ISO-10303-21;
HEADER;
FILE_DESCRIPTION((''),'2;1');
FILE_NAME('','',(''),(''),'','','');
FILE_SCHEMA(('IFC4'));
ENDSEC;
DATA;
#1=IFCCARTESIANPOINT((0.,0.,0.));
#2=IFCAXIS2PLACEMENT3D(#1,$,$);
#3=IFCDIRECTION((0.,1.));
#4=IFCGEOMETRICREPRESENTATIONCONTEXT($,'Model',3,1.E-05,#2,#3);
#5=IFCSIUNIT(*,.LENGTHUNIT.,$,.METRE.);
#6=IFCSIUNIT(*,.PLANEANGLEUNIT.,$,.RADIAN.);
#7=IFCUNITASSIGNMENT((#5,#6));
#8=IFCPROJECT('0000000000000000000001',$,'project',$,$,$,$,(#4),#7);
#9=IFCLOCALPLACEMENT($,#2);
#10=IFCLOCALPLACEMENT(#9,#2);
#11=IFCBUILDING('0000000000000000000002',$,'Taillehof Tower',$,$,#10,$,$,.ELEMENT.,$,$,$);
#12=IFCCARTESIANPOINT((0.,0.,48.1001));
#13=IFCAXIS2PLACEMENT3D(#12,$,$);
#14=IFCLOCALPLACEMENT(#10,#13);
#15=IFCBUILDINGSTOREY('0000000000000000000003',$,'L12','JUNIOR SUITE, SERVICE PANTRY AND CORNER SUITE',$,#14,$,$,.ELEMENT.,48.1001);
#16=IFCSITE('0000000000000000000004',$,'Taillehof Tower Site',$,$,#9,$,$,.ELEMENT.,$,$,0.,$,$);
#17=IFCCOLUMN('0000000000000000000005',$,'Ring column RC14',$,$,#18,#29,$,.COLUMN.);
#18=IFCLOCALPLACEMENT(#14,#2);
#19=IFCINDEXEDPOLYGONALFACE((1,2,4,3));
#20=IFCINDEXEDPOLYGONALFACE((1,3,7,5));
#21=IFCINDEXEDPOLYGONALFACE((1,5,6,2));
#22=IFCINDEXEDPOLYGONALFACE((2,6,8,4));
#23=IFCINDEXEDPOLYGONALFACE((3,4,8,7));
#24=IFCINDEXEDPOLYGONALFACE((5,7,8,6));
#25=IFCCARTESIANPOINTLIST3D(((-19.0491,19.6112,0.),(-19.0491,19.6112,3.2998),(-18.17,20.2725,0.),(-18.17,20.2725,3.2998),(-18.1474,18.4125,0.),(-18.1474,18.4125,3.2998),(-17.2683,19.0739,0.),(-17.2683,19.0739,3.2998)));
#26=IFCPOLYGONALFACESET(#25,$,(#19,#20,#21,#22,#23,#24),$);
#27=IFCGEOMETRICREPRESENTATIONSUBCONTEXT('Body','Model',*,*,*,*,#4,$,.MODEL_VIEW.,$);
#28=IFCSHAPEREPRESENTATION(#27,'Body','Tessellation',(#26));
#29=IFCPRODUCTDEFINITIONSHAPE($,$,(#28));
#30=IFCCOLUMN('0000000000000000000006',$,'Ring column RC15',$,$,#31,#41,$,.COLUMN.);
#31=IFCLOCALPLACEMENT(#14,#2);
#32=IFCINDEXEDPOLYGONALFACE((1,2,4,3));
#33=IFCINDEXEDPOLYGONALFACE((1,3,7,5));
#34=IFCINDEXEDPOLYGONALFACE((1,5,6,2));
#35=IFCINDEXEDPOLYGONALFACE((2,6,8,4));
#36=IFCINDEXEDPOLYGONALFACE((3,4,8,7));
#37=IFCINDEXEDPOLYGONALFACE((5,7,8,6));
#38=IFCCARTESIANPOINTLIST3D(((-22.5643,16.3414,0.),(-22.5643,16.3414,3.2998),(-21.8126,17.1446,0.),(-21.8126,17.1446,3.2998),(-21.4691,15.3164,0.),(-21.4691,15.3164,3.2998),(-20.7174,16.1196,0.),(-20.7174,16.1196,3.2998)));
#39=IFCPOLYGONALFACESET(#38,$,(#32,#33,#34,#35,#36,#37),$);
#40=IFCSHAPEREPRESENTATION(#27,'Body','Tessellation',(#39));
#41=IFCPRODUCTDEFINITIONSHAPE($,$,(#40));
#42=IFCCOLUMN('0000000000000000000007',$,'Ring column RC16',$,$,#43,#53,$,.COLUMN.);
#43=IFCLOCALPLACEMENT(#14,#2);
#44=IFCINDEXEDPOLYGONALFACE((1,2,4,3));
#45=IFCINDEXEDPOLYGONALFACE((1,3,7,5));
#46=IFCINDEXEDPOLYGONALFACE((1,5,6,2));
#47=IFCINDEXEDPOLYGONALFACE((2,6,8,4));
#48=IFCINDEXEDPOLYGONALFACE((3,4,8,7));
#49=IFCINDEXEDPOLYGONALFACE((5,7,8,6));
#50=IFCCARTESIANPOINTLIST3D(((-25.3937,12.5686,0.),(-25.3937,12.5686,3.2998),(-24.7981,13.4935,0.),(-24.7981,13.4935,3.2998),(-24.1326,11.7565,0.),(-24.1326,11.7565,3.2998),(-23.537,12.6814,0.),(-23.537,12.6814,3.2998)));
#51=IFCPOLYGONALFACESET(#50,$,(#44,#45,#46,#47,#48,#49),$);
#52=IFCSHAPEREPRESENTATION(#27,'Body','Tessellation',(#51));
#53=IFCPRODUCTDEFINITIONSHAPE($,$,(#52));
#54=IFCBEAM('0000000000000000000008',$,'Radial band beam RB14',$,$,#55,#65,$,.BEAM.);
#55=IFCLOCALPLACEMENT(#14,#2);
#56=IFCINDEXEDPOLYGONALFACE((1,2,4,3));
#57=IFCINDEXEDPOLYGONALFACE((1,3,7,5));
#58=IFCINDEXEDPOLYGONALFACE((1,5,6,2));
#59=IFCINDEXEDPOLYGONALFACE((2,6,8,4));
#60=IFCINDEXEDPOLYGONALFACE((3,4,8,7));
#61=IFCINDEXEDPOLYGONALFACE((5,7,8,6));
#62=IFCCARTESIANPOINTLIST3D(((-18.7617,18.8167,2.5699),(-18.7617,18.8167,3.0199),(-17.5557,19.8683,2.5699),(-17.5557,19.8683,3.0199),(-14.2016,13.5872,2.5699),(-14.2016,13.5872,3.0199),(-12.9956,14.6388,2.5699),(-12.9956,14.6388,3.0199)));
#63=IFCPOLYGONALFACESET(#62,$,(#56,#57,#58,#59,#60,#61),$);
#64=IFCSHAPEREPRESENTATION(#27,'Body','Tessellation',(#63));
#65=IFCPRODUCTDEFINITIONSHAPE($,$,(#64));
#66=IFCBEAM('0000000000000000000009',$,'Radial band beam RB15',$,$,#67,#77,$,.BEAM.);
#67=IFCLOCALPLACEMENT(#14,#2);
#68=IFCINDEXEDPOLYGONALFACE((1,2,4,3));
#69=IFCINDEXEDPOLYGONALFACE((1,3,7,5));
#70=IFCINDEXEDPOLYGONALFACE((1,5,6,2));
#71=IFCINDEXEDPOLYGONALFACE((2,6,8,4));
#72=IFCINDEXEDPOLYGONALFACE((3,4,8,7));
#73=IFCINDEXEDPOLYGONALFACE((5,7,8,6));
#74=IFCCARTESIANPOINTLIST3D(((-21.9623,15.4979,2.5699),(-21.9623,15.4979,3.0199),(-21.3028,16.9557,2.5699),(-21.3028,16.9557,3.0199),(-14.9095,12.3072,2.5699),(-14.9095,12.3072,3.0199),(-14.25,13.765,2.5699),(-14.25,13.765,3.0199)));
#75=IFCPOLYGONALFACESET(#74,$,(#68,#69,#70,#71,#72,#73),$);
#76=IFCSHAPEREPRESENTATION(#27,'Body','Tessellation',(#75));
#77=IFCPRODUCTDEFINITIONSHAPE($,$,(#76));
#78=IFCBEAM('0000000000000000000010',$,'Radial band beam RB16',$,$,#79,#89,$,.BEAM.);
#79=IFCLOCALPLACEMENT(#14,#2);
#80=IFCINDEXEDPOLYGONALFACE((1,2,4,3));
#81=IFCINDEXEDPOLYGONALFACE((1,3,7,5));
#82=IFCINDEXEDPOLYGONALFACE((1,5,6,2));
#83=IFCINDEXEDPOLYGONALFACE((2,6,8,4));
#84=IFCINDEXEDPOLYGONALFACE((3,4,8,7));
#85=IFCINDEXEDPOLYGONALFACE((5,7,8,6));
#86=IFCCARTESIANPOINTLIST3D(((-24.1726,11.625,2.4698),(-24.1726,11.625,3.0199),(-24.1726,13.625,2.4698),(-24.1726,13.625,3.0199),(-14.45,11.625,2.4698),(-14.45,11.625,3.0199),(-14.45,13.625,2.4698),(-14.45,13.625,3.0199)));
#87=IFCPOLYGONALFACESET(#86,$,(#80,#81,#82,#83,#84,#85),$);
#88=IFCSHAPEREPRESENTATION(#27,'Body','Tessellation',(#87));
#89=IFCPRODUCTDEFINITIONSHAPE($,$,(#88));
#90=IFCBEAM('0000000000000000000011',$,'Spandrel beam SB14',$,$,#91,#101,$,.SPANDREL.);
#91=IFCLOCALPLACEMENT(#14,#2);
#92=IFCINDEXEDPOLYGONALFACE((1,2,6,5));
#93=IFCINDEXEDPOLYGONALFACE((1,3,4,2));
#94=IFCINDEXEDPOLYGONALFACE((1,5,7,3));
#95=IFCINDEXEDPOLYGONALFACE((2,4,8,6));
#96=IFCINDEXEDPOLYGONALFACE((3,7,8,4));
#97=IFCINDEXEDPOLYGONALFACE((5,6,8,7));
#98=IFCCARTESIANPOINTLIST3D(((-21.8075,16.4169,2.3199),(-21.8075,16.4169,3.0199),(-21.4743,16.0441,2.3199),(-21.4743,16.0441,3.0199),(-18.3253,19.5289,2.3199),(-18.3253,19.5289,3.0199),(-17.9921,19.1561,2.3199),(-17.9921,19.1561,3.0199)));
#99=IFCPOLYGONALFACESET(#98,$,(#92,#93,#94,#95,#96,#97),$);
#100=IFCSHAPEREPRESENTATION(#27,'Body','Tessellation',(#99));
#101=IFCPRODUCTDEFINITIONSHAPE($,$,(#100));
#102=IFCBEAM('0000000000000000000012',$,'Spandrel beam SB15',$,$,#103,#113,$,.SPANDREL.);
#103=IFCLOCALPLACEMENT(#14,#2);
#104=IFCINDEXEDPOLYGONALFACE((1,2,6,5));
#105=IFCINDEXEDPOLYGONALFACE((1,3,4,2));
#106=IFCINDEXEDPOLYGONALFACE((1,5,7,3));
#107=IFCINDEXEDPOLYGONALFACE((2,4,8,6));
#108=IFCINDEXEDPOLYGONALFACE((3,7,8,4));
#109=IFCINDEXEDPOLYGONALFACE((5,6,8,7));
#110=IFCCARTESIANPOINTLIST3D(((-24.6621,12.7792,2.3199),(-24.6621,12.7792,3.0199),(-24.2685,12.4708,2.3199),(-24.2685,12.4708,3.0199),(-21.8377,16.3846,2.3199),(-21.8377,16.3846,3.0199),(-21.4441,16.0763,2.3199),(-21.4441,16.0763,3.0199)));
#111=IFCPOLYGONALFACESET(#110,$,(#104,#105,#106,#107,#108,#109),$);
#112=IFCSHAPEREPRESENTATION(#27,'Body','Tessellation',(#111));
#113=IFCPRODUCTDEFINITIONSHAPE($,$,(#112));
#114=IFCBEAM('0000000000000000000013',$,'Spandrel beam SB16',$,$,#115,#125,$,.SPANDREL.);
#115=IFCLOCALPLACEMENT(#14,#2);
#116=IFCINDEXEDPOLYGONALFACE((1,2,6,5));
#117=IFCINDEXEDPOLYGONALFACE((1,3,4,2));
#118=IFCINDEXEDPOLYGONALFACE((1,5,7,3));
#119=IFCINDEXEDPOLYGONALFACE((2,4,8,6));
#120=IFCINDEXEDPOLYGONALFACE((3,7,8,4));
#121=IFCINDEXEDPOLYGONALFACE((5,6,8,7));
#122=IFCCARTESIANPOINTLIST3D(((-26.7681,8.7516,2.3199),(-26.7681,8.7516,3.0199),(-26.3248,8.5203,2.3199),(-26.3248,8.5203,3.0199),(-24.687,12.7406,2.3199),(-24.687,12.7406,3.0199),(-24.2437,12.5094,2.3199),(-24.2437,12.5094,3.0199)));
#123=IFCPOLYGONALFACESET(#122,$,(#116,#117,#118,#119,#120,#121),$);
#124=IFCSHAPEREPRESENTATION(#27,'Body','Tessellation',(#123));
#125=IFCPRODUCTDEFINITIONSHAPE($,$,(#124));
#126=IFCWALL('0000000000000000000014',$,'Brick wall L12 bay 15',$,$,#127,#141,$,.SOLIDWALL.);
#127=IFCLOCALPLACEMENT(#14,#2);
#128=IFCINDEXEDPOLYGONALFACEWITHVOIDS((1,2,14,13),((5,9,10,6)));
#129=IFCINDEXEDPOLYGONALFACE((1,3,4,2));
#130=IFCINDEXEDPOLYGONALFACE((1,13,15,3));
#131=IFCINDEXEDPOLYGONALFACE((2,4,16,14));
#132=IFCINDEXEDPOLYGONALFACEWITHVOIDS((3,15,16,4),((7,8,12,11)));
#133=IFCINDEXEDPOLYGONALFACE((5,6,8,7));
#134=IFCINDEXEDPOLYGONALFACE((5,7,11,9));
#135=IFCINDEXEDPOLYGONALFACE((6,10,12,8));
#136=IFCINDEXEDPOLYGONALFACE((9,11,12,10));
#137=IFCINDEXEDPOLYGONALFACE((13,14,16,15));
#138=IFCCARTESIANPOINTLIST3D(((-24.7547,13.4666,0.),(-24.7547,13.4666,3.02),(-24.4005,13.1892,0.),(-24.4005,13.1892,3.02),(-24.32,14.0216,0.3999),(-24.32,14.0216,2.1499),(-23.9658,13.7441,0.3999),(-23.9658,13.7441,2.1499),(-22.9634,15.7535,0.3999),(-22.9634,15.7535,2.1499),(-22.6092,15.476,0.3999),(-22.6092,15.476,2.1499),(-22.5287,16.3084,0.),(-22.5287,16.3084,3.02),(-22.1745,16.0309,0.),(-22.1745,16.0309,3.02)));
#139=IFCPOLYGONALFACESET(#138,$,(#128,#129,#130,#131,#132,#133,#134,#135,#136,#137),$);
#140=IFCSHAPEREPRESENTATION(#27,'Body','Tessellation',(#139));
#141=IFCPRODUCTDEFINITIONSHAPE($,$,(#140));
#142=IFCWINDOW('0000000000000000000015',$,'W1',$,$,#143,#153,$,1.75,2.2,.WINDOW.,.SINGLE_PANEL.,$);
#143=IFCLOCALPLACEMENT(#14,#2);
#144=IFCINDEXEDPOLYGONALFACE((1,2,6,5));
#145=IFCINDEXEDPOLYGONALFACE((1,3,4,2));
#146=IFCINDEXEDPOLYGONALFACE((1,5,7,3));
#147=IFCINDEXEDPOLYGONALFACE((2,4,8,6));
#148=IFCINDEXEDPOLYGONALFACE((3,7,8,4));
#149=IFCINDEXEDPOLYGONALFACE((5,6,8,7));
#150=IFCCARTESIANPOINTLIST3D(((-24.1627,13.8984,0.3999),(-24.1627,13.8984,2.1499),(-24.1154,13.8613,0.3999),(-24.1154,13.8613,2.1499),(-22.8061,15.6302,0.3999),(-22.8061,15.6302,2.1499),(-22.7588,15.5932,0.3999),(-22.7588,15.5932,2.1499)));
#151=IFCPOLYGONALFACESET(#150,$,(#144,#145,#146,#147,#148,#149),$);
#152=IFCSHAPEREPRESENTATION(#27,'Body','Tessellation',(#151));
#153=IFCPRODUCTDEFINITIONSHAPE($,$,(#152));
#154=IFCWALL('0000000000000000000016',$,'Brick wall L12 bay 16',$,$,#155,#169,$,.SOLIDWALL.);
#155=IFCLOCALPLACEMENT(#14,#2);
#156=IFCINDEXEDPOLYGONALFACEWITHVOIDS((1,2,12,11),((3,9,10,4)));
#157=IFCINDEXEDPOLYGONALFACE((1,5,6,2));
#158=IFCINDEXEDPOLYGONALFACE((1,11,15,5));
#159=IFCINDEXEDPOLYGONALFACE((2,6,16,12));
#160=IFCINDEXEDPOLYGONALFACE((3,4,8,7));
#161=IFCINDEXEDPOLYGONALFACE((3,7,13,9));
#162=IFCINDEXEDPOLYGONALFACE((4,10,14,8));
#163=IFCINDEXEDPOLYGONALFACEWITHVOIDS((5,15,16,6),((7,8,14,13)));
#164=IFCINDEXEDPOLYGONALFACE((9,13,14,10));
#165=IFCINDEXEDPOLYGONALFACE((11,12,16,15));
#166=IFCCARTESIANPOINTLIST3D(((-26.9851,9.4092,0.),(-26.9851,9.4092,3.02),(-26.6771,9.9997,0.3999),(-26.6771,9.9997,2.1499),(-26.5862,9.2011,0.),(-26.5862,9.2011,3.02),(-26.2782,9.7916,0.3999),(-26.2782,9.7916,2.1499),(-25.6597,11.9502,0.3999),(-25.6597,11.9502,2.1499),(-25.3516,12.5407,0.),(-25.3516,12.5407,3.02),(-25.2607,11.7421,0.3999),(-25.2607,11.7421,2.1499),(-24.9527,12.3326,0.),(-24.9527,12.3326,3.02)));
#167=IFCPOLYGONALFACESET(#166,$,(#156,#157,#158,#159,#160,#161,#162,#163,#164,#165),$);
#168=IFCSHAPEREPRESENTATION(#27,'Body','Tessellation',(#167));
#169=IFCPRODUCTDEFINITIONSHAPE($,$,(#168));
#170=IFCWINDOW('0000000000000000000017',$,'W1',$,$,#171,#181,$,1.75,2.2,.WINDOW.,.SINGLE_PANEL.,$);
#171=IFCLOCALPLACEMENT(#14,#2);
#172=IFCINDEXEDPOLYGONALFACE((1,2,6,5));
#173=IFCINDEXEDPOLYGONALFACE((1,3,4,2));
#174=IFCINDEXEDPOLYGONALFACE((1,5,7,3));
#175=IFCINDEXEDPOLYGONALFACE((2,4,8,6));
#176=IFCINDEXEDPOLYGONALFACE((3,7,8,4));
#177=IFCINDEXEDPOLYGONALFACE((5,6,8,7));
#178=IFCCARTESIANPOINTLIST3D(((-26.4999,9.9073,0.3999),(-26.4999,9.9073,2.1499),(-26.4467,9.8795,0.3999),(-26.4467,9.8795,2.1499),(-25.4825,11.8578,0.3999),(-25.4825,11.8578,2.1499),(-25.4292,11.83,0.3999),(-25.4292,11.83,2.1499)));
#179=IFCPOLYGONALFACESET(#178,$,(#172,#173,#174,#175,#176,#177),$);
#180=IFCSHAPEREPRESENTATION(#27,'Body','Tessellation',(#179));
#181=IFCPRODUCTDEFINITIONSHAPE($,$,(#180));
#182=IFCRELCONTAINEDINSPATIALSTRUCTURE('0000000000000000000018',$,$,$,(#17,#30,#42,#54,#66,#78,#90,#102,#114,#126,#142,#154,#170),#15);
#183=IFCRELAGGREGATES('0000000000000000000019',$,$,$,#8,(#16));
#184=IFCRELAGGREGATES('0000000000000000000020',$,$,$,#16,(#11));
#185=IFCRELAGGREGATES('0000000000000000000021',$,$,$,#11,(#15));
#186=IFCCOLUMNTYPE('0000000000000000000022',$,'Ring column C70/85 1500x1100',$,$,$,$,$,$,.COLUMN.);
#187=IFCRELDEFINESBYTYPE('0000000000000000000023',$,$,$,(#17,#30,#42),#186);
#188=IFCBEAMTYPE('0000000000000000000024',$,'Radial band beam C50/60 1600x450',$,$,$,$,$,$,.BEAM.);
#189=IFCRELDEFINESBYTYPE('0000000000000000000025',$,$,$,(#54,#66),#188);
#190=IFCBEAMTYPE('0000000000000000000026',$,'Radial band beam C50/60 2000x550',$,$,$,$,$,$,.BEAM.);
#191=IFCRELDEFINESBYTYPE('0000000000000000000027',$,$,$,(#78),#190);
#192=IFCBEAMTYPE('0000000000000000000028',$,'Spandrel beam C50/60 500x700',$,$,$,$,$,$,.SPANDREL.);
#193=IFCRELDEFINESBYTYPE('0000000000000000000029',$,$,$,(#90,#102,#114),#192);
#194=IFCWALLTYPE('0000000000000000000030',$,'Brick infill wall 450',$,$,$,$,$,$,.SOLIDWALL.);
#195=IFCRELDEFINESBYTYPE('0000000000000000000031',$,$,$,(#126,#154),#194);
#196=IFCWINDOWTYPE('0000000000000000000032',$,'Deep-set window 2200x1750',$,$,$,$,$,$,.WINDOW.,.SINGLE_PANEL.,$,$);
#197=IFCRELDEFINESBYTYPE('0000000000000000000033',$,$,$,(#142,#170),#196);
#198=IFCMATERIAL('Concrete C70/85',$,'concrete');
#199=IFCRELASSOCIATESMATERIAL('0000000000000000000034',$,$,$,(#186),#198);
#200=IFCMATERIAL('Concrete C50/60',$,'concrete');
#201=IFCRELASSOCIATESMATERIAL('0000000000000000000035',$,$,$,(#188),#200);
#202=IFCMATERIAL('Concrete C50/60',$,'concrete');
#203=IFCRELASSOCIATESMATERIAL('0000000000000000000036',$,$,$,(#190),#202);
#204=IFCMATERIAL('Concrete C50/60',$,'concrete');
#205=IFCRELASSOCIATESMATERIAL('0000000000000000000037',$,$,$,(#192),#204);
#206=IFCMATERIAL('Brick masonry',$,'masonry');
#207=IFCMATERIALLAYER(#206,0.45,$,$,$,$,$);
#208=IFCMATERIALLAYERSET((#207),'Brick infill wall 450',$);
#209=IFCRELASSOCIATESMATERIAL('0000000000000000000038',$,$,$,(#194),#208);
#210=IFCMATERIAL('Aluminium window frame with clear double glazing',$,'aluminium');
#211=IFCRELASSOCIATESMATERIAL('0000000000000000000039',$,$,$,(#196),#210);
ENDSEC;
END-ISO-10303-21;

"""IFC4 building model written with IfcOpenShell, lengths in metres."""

from ifc_helpers import new_model, si_unit, direction, frame, frame_2d, origin, origin_2d, place, context, subcontext, project, spatial, rectangle, extrude, material, layer, layer_set, material_profile, profile_set, type_object, element, fill, save


model = new_model("IFC4")

# Units and contexts
model_context = context("Model", 3, precision=1e-05, world=origin(), true_north=direction((0.0, 1.0)))
body_context = subcontext(model_context, "Body", "Model", "MODEL_VIEW")
ifc_project = project(units=[si_unit("LENGTHUNIT", "METRE"), si_unit("PLANEANGLEUNIT", "RADIAN")], contexts=[model_context])

# Site, building, storey
site_placement = place(None, origin())
site = spatial("IfcSite", under=ifc_project, at=site_placement, Name="Taillehof Tower Site", CompositionType="ELEMENT", RefElevation=0.0)
building_placement = place(site_placement, origin())
building = spatial("IfcBuilding", under=site, at=building_placement, Name="Taillehof Tower", CompositionType="ELEMENT")
storey_placement = place(building_placement, frame((0.0, 0.0, 48.1001)))
storey = spatial("IfcBuildingStorey", under=building, at=storey_placement, Name="L12", Description="JUNIOR SUITE, SERVICE PANTRY AND CORNER SUITE", CompositionType="ELEMENT", Elevation=48.1001)

# Columns
ifc_material_1 = material(Name="Concrete C70/85", Category="concrete")
ifc_material_profile_1 = material_profile(ifc_material_1, rectangle(XDim=1.5, YDim=1.1001, at=origin_2d()), Name="RC 1500x1100")
ifc_profile_set_1 = profile_set([ifc_material_profile_1], Name="Concrete C70/85")
column_type = type_object("IfcColumnType", Name="Ring column C70/85 1500x1100", PredefinedType="COLUMN", material=ifc_profile_set_1)
for number, where, z_axis, x_axis, name in (
    (1, (-18.1587, 19.3425, 0.0), (0.0, 0.0, 1.0), (-0.601174, 0.799118, 0.0), "Ring column RC14"),
    (2, (-21.6409, 16.2305, 0.0), (0.0, 0.0, 1.0), (-0.730113, 0.683326, 0.0), "Ring column RC15"),
    (3, (-24.4653, 12.625, 0.0), (0.0, 0.0, 1.0), (-0.840754, 0.541418, 0.0), "Ring column RC16"),
):
    element("IfcColumn", number, at=place(storey_placement, frame(where, z_axis=z_axis, x_axis=x_axis)), inside=storey, type_object=column_type, Name=name, PredefinedType="COLUMN", context=body_context, shape_type="SweptSolid", body=[
        extrude(rectangle(XDim=1.5, YDim=1.1001, at=origin_2d()), origin(), (0.0, 0.0, 1.0), 3.2998),
    ])

# Beams
ifc_material_2 = material(Name="Concrete C50/60", Category="concrete")
ifc_material_profile_2 = material_profile(ifc_material_2, rectangle(XDim=1.6001, YDim=0.45, at=origin_2d()), Name="RC 1600x450")
ifc_profile_set_2 = profile_set([ifc_material_profile_2], Name="Concrete C50/60")
beam_type_1 = type_object("IfcBeamType", Name="Radial band beam C50/60 1600x450", PredefinedType="BEAM", material=ifc_profile_set_2)
beam_1_placement = place(storey_placement, frame((-18.1587, 19.3425, 2.7949), z_axis=(0.657218, -0.7537, 0.0), x_axis=(0.7537, 0.657218, 0.0)))
element("IfcBeam", 4, at=beam_1_placement, inside=storey, type_object=beam_type_1, Name="Radial band beam RB14", PredefinedType="BEAM", context=body_context, shape_type="SweptSolid", body=[
    extrude(rectangle(XDim=1.6001, YDim=0.45, at=origin_2d()), origin(), (0.0, 0.0, 1.0), 6.9385),
])
beam_2_placement = place(storey_placement, frame((-21.6326, 16.2268, 2.7949), z_axis=(0.911101, -0.412184, 0.0), x_axis=(0.412184, 0.911101, 0.0)))
element("IfcBeam", 5, at=beam_2_placement, inside=storey, type_object=beam_type_1, Name="Radial band beam RB15", PredefinedType="BEAM", context=body_context, shape_type="SweptSolid", body=[
    extrude(rectangle(XDim=1.6001, YDim=0.45, at=origin_2d()), origin(), (0.0, 0.0, 1.0), 7.741),
])
ifc_material_3 = material(Name="Concrete C50/60", Category="concrete")
ifc_material_profile_3 = material_profile(ifc_material_3, rectangle(XDim=2.0, YDim=0.55, at=origin_2d()), Name="RC 2000x550")
ifc_profile_set_3 = profile_set([ifc_material_profile_3], Name="Concrete C50/60")
beam_type_2 = type_object("IfcBeamType", Name="Radial band beam C50/60 2000x550", PredefinedType="BEAM", material=ifc_profile_set_3)
beam_3_placement = place(storey_placement, frame((-24.1726, 12.625, 2.7449), z_axis=(1.0, 0.0, 0.0), x_axis=(0.0, 1.0, 0.0)))
element("IfcBeam", 6, at=beam_3_placement, inside=storey, type_object=beam_type_2, Name="Radial band beam RB16", PredefinedType="BEAM", context=body_context, shape_type="SweptSolid", body=[
    extrude(rectangle(XDim=2.0, YDim=0.55, at=origin_2d()), origin(), (0.0, 0.0, 1.0), 9.7227),
])
ifc_material_4 = material(Name="Concrete C50/60", Category="concrete")
ifc_material_profile_4 = material_profile(ifc_material_4, rectangle(XDim=0.5, YDim=0.7, at=origin_2d()), Name="RC 500x700")
ifc_profile_set_4 = profile_set([ifc_material_profile_4], Name="Concrete C50/60")
beam_type_3 = type_object("IfcBeamType", Name="Spandrel beam C50/60 500x700", PredefinedType="SPANDREL", material=ifc_profile_set_4)
beam_4_placement = place(storey_placement, frame((-18.1587, 19.3425, 2.6699), z_axis=(-0.745621, -0.66637, 0.0), x_axis=(0.66637, -0.745621, 0.0)))
element("IfcBeam", 7, at=beam_4_placement, inside=storey, type_object=beam_type_3, Name="Spandrel beam SB14", PredefinedType="SPANDREL", context=body_context, shape_type="SweptSolid", body=[
    extrude(rectangle(XDim=0.5, YDim=0.7, at=origin_2d()), origin(), (0.0, 0.0, 1.0), 4.6702),
])
beam_5_placement = place(storey_placement, frame((-21.6409, 16.2305, 2.6699), z_axis=(-0.616686, -0.787209, 0.0), x_axis=(0.787209, -0.616686, 0.0)))
element("IfcBeam", 8, at=beam_5_placement, inside=storey, type_object=beam_type_3, Name="Spandrel beam SB15", PredefinedType="SPANDREL", context=body_context, shape_type="SweptSolid", body=[
    extrude(rectangle(XDim=0.5, YDim=0.7, at=origin_2d()), origin(), (0.0, 0.0, 1.0), 4.5801),
])
beam_6_placement = place(storey_placement, frame((-24.4653, 12.625, 2.6699), z_axis=(-0.462536, -0.8866, 0.0), x_axis=(0.8866, -0.462536, 0.0)))
element("IfcBeam", 9, at=beam_6_placement, inside=storey, type_object=beam_type_3, Name="Spandrel beam SB16", PredefinedType="SPANDREL", context=body_context, shape_type="SweptSolid", body=[
    extrude(rectangle(XDim=0.5, YDim=0.7, at=origin_2d()), origin(), (0.0, 0.0, 1.0), 4.4993),
])

# Walls, openings, windows
ifc_material_5 = material(Name="Brick masonry", Category="masonry")
ifc_layer_1 = layer(ifc_material_5, 0.45)
ifc_layer_set_1 = layer_set([ifc_layer_1], Name="Brick infill wall 450")
wall_type_1 = type_object("IfcWallType", Name="Brick infill wall 450", PredefinedType="SOLIDWALL", material=ifc_layer_set_1)
wall_1_placement = place(storey_placement, frame((-22.3516, 16.1697, 0.0), z_axis=(0.0, 0.0, 1.0), x_axis=(-0.616662, -0.787228, 0.0)))
wall_1 = element("IfcWall", 10, at=wall_1_placement, inside=storey, type_object=wall_type_1, Name="Brick wall L12 bay 15", PredefinedType="SOLIDWALL", context=body_context, shape_type="SweptSolid", body=[
    extrude(rectangle(XDim=3.6099, YDim=0.45, at=frame_2d((1.8049, 0.0))), origin(), (0.0, 0.0, 1.0), 3.02),
])
opening_1_placement = place(wall_1_placement, frame((0.7048, 0.0, 0.3999)))
opening_1 = element("IfcOpeningElement", 11, at=opening_1_placement, cuts=wall_1, PredefinedType="OPENING", context=body_context, shape_type="SweptSolid", body=[
    extrude(rectangle(XDim=2.2, YDim=1.75, at=frame_2d((1.1001, 0.875))), frame((0.0, 0.2349, 0.0), z_axis=(0.0, -1.0, 0.0), x_axis=(1.0, 0.0, 0.0)), (0.0, 0.0, 1.0), 0.47),
])
ifc_material_6 = material(Name="Aluminium window frame with clear double glazing", Category="aluminium")
window_type_1 = type_object("IfcWindowType", Name="Deep-set window 2200x1750", PartitioningType="SINGLE_PANEL", PredefinedType="WINDOW", material=ifc_material_6)
window_1_placement = place(opening_1_placement, origin())
window_1 = element("IfcWindow", 12, at=window_1_placement, inside=storey, type_object=window_type_1, Name="W1", OverallHeight=1.75, OverallWidth=2.2, PartitioningType="SINGLE_PANEL", PredefinedType="WINDOW", context=body_context, shape_type="SweptSolid", body=[
    extrude(rectangle(XDim=2.2, YDim=1.75, at=frame_2d((1.1001, 0.875))), frame((0.0, 0.0349, 0.0), z_axis=(0.0, -1.0, 0.0), x_axis=(1.0, 0.0, 0.0)), (0.0, 0.0, 1.0), 0.0601),
])
fill(opening_1, window_1)
wall_2_placement = place(storey_placement, frame((-25.1521, 12.4368, 0.0), z_axis=(0.0, 0.0, 1.0), x_axis=(-0.462493, -0.886623, 0.0)))
wall_2 = element("IfcWall", 13, at=wall_2_placement, inside=storey, type_object=wall_type_1, Name="Brick wall L12 bay 16", PredefinedType="SOLIDWALL", context=body_context, shape_type="SweptSolid", body=[
    extrude(rectangle(XDim=3.532, YDim=0.45, at=frame_2d((1.7661, 0.0))), origin(), (0.0, 0.0, 1.0), 3.02),
])
opening_2_placement = place(wall_2_placement, frame((0.666, 0.0, 0.3999)))
opening_2 = element("IfcOpeningElement", 14, at=opening_2_placement, cuts=wall_2, PredefinedType="OPENING", context=body_context, shape_type="SweptSolid", body=[
    extrude(rectangle(XDim=2.2, YDim=1.75, at=frame_2d((1.1001, 0.875))), frame((0.0, 0.2349, 0.0), z_axis=(0.0, -1.0, 0.0), x_axis=(1.0, 0.0, 0.0)), (0.0, 0.0, 1.0), 0.47),
])
window_2_placement = place(opening_2_placement, origin())
window_2 = element("IfcWindow", 15, at=window_2_placement, inside=storey, type_object=window_type_1, Name="W1", OverallHeight=1.75, OverallWidth=2.2, PartitioningType="SINGLE_PANEL", PredefinedType="WINDOW", context=body_context, shape_type="SweptSolid", body=[
    extrude(rectangle(XDim=2.2, YDim=1.75, at=frame_2d((1.1001, 0.875))), frame((0.0, 0.0349, 0.0), z_axis=(0.0, -1.0, 0.0), x_axis=(1.0, 0.0, 0.0)), (0.0, 0.0, 1.0), 0.0601),
])
fill(opening_2, window_2)

save(model, "model.ifc")
